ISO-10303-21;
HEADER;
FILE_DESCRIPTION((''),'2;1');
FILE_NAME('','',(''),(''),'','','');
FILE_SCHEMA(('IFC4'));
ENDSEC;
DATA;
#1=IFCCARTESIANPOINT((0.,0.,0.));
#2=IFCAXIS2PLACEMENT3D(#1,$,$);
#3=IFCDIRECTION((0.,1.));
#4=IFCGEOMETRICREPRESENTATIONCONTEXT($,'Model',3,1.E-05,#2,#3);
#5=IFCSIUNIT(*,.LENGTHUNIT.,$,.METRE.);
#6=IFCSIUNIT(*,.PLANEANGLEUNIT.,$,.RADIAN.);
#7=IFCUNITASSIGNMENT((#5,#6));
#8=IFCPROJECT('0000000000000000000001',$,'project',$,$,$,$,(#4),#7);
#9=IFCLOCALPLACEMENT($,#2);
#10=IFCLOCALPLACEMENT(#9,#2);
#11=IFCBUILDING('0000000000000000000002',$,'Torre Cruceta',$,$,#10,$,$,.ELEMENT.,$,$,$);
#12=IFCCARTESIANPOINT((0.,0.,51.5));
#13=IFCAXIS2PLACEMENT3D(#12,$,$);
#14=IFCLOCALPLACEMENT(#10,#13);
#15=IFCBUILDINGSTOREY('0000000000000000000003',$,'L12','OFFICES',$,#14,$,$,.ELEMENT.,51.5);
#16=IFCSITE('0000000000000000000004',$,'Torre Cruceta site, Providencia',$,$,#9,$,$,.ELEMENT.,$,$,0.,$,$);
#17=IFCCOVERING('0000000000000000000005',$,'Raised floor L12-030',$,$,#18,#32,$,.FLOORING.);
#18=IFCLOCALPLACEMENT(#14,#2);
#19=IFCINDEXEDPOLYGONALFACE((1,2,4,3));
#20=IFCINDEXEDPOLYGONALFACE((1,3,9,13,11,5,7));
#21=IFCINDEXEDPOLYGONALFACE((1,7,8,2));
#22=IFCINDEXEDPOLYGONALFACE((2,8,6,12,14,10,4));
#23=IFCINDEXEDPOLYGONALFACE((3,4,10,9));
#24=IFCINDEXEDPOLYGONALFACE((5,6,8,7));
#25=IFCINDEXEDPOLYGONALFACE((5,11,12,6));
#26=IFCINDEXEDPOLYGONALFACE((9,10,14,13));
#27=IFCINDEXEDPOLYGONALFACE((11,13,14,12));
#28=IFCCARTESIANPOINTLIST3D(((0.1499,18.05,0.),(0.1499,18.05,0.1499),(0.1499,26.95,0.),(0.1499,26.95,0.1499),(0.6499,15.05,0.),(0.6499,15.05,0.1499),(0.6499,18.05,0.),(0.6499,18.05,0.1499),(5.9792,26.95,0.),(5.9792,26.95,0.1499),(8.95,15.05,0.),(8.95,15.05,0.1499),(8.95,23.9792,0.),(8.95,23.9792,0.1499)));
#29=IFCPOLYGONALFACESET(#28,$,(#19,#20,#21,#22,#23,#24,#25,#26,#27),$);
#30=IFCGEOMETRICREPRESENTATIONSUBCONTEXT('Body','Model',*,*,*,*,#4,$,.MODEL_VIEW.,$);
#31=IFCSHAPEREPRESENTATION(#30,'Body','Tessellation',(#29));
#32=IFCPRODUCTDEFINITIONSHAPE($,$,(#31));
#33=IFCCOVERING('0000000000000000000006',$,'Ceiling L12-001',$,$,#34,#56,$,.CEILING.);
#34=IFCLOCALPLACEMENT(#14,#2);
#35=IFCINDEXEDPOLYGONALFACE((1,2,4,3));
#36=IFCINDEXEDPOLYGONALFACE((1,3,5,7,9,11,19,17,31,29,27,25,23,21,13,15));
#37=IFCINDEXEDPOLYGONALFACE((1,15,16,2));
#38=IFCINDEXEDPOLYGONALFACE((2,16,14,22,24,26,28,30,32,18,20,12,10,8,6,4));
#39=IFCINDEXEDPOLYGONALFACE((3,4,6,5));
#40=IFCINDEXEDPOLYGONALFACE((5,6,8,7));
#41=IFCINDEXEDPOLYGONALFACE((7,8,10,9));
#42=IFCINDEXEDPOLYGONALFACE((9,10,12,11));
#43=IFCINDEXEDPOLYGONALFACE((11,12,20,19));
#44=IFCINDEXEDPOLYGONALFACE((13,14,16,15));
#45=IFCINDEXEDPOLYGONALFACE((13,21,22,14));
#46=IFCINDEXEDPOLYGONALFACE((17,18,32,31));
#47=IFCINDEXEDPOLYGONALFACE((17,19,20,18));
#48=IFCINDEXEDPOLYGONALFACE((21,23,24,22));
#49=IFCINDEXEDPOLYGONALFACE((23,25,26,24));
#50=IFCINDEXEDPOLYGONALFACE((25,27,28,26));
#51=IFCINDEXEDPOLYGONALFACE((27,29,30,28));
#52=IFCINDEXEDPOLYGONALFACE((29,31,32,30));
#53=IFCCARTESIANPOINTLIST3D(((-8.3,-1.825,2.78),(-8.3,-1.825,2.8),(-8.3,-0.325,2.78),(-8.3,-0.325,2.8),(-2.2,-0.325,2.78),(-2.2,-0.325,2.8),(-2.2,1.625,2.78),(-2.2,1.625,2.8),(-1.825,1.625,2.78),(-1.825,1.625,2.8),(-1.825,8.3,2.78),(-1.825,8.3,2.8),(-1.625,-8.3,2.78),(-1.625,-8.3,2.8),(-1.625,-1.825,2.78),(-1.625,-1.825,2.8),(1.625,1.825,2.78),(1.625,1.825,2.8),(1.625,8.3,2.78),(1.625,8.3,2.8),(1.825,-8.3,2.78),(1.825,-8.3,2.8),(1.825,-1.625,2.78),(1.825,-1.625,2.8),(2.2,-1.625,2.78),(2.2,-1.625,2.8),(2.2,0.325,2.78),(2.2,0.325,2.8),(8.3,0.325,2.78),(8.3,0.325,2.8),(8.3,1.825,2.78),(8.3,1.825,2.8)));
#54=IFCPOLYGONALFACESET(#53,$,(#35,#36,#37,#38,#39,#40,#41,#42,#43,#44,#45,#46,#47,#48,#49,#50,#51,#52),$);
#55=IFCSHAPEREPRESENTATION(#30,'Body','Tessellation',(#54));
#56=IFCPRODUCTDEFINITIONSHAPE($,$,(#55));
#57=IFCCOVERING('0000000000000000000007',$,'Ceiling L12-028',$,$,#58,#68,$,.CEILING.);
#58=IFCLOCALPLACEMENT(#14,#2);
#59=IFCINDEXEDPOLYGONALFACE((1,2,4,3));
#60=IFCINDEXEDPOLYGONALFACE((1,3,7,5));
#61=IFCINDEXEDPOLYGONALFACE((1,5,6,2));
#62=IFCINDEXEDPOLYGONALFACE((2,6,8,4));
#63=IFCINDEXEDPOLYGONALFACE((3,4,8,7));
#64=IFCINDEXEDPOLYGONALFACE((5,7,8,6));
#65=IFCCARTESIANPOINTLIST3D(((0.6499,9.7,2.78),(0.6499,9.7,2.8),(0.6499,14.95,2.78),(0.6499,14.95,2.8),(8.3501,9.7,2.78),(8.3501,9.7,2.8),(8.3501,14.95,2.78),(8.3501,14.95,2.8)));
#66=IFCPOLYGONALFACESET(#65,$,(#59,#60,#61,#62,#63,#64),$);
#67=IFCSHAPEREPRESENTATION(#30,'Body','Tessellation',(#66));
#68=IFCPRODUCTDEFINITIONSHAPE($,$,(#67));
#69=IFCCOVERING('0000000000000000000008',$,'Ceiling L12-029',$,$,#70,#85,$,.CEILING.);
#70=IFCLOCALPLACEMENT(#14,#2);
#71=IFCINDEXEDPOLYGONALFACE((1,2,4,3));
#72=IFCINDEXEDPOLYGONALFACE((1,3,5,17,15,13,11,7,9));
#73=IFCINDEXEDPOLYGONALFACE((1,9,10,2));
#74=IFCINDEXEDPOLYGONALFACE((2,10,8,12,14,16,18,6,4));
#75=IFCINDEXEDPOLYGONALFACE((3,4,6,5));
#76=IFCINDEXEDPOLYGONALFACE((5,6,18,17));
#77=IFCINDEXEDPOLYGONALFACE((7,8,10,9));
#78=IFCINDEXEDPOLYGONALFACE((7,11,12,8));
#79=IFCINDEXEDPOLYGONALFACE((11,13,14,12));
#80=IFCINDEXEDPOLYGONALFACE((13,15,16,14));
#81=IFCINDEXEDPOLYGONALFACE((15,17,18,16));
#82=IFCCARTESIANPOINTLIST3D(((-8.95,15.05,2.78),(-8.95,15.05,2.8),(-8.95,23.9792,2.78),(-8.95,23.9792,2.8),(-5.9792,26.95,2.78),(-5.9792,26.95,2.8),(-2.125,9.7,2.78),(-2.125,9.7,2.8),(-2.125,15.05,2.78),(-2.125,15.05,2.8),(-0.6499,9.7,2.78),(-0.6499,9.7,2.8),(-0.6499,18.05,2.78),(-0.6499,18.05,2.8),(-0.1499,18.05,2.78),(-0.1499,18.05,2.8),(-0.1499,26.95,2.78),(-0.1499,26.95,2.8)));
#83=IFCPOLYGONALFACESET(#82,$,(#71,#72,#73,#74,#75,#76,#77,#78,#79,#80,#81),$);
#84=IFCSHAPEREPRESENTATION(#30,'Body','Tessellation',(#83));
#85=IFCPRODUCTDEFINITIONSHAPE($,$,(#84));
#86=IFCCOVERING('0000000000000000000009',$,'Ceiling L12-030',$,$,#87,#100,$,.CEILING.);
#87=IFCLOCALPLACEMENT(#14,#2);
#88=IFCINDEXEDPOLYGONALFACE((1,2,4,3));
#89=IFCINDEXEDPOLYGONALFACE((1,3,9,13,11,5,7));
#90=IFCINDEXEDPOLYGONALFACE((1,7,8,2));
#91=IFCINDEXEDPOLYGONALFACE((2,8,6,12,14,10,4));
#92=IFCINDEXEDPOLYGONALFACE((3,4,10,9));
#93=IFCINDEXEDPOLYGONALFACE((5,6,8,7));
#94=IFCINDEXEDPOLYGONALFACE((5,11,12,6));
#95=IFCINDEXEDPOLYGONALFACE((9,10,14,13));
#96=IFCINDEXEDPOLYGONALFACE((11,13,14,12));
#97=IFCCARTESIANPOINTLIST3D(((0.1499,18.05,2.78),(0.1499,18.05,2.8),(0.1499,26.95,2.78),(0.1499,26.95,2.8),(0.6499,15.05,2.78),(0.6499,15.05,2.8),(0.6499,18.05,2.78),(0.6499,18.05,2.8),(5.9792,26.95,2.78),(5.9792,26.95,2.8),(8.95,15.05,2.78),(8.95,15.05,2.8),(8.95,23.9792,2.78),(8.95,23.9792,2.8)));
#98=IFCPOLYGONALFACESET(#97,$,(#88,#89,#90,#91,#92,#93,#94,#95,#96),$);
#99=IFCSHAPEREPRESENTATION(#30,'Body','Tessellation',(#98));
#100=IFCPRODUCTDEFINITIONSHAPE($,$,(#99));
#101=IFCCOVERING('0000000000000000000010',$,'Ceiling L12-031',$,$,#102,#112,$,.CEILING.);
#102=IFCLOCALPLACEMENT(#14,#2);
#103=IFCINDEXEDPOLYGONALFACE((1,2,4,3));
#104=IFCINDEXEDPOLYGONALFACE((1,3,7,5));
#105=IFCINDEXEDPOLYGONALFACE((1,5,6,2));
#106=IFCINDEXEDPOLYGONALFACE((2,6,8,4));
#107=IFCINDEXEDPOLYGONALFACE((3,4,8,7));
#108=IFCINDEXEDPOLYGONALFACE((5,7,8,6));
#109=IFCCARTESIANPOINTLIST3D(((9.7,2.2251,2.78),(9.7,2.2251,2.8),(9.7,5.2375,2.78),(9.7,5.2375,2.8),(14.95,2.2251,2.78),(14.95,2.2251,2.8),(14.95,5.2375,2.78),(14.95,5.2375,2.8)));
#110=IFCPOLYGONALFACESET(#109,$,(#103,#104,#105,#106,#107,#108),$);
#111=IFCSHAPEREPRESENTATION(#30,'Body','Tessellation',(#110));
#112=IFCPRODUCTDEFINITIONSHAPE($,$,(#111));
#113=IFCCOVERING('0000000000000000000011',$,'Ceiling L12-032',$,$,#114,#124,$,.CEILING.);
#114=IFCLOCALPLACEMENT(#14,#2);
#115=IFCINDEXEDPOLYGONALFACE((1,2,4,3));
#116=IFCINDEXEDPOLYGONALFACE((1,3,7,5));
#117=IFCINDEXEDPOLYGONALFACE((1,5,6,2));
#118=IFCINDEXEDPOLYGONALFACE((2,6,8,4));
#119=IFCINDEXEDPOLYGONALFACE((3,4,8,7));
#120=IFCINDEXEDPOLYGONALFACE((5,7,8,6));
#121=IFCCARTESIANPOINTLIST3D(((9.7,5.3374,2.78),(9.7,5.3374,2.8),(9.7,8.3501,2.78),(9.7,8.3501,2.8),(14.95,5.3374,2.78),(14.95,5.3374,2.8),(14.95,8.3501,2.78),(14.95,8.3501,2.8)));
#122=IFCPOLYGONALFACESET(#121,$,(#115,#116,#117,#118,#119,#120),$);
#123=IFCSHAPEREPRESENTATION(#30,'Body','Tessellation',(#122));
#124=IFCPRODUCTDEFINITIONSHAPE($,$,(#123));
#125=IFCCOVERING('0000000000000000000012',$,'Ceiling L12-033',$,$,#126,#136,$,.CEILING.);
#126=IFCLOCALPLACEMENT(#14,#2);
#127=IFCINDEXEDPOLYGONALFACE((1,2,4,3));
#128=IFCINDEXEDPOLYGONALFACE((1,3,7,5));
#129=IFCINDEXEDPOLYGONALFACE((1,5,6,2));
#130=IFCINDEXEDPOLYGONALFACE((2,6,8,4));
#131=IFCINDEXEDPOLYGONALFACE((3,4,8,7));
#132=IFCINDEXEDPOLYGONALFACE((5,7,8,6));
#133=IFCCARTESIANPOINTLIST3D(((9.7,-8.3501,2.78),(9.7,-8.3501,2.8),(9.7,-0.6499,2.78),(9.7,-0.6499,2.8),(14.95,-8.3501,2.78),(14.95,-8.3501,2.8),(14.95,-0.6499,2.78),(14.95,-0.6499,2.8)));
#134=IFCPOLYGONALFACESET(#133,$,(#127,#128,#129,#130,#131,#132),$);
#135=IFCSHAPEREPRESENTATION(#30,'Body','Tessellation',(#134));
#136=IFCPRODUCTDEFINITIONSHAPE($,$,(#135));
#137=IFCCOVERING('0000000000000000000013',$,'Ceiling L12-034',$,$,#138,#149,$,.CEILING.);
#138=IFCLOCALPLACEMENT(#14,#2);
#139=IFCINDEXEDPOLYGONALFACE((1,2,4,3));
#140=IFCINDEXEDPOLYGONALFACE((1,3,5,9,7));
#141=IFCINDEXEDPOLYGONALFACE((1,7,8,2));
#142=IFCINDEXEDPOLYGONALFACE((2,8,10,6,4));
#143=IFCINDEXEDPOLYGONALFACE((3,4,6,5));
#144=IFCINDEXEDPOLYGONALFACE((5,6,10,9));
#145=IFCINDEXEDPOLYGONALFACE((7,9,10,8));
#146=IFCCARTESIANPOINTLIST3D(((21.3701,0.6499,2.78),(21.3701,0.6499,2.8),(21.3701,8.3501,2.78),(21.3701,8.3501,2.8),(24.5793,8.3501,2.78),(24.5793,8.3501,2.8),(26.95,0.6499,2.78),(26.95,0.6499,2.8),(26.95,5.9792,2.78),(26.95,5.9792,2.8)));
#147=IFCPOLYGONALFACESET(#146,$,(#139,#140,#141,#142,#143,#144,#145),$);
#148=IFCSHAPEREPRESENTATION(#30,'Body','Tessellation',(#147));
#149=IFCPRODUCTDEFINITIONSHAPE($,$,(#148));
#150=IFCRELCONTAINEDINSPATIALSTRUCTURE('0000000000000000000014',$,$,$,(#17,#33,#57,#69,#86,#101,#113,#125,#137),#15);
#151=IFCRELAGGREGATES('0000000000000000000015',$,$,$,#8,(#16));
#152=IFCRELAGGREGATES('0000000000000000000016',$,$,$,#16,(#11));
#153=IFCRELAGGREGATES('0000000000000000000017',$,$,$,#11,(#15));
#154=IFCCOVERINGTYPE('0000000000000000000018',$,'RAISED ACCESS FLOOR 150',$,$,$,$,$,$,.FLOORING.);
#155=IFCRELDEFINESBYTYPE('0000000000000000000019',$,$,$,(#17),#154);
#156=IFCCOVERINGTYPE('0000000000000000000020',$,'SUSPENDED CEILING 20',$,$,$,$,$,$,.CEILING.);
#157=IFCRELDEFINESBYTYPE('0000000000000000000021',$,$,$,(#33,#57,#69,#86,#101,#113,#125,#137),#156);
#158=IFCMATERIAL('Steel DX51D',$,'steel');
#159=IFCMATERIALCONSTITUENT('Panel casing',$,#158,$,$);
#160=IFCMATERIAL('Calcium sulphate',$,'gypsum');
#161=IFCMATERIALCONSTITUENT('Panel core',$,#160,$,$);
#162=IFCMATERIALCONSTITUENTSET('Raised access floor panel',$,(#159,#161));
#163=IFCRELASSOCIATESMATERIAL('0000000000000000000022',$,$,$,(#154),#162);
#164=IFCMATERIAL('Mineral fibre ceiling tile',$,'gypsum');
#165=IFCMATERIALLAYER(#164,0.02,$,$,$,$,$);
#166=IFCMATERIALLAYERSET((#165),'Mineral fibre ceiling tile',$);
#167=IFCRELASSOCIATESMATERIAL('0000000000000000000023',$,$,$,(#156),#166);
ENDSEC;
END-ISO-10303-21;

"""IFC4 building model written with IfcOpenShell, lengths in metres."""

from ifc_helpers import new_model, si_unit, direction, frame, origin, place, context, subcontext, project, spatial, polyline, outline, extrude, material, layer, layer_set, constituent, constituent_set, type_object, element, save


model = new_model("IFC4")

# Units and contexts
model_context = context("Model", 3, precision=1e-05, world=origin(), true_north=direction((0.0, 1.0)))
body_context = subcontext(model_context, "Body", "Model", "MODEL_VIEW")
ifc_project = project(units=[si_unit("LENGTHUNIT", "METRE"), si_unit("PLANEANGLEUNIT", "RADIAN")], contexts=[model_context])

# Site, building, storey
site_placement = place(None, origin())
site = spatial("IfcSite", under=ifc_project, at=site_placement, Name="Torre Cruceta site, Providencia", CompositionType="ELEMENT", RefElevation=0.0)
building_placement = place(site_placement, origin())
building = spatial("IfcBuilding", under=site, at=building_placement, Name="Torre Cruceta", CompositionType="ELEMENT")
storey_placement = place(building_placement, frame((0.0, 0.0, 51.5)))
storey = spatial("IfcBuildingStorey", under=building, at=storey_placement, Name="L12", Description="OFFICES", CompositionType="ELEMENT", Elevation=51.5)

# Coverings
ifc_material_1 = material(Name="Steel DX51D", Category="steel")
ifc_constituent_1 = constituent(ifc_material_1, Name="Panel casing")
ifc_material_2 = material(Name="Calcium sulphate", Category="gypsum")
ifc_constituent_2 = constituent(ifc_material_2, Name="Panel core")
ifc_constituent_set_1 = constituent_set(constituents=[ifc_constituent_1, ifc_constituent_2], Name="Raised access floor panel")
covering_type_1 = type_object("IfcCoveringType", Name="RAISED ACCESS FLOOR 150", PredefinedType="FLOORING", material=ifc_constituent_set_1)
covering_1_placement = place(storey_placement, origin())
element("IfcCovering", 1, at=covering_1_placement, inside=storey, type_object=covering_type_1, Name="Raised floor L12-030", PredefinedType="FLOORING", context=body_context, shape_type="SweptSolid", body=[
    extrude(outline(polyline([(5.9792, 26.95), (8.95, 23.9792), (8.95, 15.05), (0.6499, 15.05), (0.6499, 18.05), (0.1499, 18.05), (0.1499, 26.95), (5.9792, 26.95)])), origin(), (0.0, 0.0, 1.0), 0.1499),
])
ifc_material_3 = material(Name="Mineral fibre ceiling tile", Category="gypsum")
ifc_layer_1 = layer(ifc_material_3, 0.02)
ifc_layer_set_1 = layer_set([ifc_layer_1], Name="Mineral fibre ceiling tile")
covering_type_2 = type_object("IfcCoveringType", Name="SUSPENDED CEILING 20", PredefinedType="CEILING", material=ifc_layer_set_1)
covering_2_placement = place(storey_placement, frame((0.0, 0.0, 2.78)))
element("IfcCovering", 2, at=covering_2_placement, inside=storey, type_object=covering_type_2, Name="Ceiling L12-001", PredefinedType="CEILING", context=body_context, shape_type="SweptSolid", body=[
    extrude(outline(polyline([(1.825, -8.3), (-1.625, -8.3), (-1.625, -1.825), (-8.3, -1.825), (-8.3, -0.325), (-2.2, -0.325), (-2.2, 1.625), (-1.825, 1.625), (-1.825, 8.3), (1.625, 8.3), (1.625, 1.825), (8.3, 1.825), (8.3, 0.325), (2.2, 0.325), (2.2, -1.625), (1.825, -1.625), (1.825, -8.3)])), origin(), (0.0, 0.0, 1.0), 0.02),
])
covering_3_placement = place(storey_placement, frame((0.0, 0.0, 2.78)))
element("IfcCovering", 3, at=covering_3_placement, inside=storey, type_object=covering_type_2, Name="Ceiling L12-028", PredefinedType="CEILING", context=body_context, shape_type="SweptSolid", body=[
    extrude(outline(polyline([(8.3501, 9.7), (0.6499, 9.7), (0.6499, 14.95), (8.3501, 14.95), (8.3501, 9.7)])), origin(), (0.0, 0.0, 1.0), 0.02),
])
covering_4_placement = place(storey_placement, frame((0.0, 0.0, 2.78)))
element("IfcCovering", 4, at=covering_4_placement, inside=storey, type_object=covering_type_2, Name="Ceiling L12-029", PredefinedType="CEILING", context=body_context, shape_type="SweptSolid", body=[
    extrude(outline(polyline([(-0.1499, 26.95), (-0.1499, 18.05), (-0.6499, 18.05), (-0.6499, 9.7), (-2.125, 9.7), (-2.125, 15.05), (-8.95, 15.05), (-8.95, 23.9792), (-5.9792, 26.95), (-0.1499, 26.95)])), origin(), (0.0, 0.0, 1.0), 0.02),
])
covering_5_placement = place(storey_placement, frame((0.0, 0.0, 2.78)))
element("IfcCovering", 5, at=covering_5_placement, inside=storey, type_object=covering_type_2, Name="Ceiling L12-030", PredefinedType="CEILING", context=body_context, shape_type="SweptSolid", body=[
    extrude(outline(polyline([(5.9792, 26.95), (8.95, 23.9792), (8.95, 15.05), (0.6499, 15.05), (0.6499, 18.05), (0.1499, 18.05), (0.1499, 26.95), (5.9792, 26.95)])), origin(), (0.0, 0.0, 1.0), 0.02),
])
covering_6_placement = place(storey_placement, frame((0.0, 0.0, 2.78)))
element("IfcCovering", 6, at=covering_6_placement, inside=storey, type_object=covering_type_2, Name="Ceiling L12-031", PredefinedType="CEILING", context=body_context, shape_type="SweptSolid", body=[
    extrude(outline(polyline([(9.7, 2.2251), (9.7, 5.2375), (14.95, 5.2375), (14.95, 2.2251), (9.7, 2.2251)])), origin(), (0.0, 0.0, 1.0), 0.02),
])
covering_7_placement = place(storey_placement, frame((0.0, 0.0, 2.78)))
element("IfcCovering", 7, at=covering_7_placement, inside=storey, type_object=covering_type_2, Name="Ceiling L12-032", PredefinedType="CEILING", context=body_context, shape_type="SweptSolid", body=[
    extrude(outline(polyline([(9.7, 5.3374), (9.7, 8.3501), (14.95, 8.3501), (14.95, 5.3374), (9.7, 5.3374)])), origin(), (0.0, 0.0, 1.0), 0.02),
])
covering_8_placement = place(storey_placement, frame((0.0, 0.0, 2.78)))
element("IfcCovering", 8, at=covering_8_placement, inside=storey, type_object=covering_type_2, Name="Ceiling L12-033", PredefinedType="CEILING", context=body_context, shape_type="SweptSolid", body=[
    extrude(outline(polyline([(9.7, -8.3501), (9.7, -0.6499), (14.95, -0.6499), (14.95, -8.3501), (9.7, -8.3501)])), origin(), (0.0, 0.0, 1.0), 0.02),
])
covering_9_placement = place(storey_placement, frame((0.0, 0.0, 2.78)))
element("IfcCovering", 9, at=covering_9_placement, inside=storey, type_object=covering_type_2, Name="Ceiling L12-034", PredefinedType="CEILING", context=body_context, shape_type="SweptSolid", body=[
    extrude(outline(polyline([(26.95, 0.6499), (21.3701, 0.6499), (21.3701, 8.3501), (24.5793, 8.3501), (26.95, 5.9792), (26.95, 0.6499)])), origin(), (0.0, 0.0, 1.0), 0.02),
])

save(model, "model.ifc")
